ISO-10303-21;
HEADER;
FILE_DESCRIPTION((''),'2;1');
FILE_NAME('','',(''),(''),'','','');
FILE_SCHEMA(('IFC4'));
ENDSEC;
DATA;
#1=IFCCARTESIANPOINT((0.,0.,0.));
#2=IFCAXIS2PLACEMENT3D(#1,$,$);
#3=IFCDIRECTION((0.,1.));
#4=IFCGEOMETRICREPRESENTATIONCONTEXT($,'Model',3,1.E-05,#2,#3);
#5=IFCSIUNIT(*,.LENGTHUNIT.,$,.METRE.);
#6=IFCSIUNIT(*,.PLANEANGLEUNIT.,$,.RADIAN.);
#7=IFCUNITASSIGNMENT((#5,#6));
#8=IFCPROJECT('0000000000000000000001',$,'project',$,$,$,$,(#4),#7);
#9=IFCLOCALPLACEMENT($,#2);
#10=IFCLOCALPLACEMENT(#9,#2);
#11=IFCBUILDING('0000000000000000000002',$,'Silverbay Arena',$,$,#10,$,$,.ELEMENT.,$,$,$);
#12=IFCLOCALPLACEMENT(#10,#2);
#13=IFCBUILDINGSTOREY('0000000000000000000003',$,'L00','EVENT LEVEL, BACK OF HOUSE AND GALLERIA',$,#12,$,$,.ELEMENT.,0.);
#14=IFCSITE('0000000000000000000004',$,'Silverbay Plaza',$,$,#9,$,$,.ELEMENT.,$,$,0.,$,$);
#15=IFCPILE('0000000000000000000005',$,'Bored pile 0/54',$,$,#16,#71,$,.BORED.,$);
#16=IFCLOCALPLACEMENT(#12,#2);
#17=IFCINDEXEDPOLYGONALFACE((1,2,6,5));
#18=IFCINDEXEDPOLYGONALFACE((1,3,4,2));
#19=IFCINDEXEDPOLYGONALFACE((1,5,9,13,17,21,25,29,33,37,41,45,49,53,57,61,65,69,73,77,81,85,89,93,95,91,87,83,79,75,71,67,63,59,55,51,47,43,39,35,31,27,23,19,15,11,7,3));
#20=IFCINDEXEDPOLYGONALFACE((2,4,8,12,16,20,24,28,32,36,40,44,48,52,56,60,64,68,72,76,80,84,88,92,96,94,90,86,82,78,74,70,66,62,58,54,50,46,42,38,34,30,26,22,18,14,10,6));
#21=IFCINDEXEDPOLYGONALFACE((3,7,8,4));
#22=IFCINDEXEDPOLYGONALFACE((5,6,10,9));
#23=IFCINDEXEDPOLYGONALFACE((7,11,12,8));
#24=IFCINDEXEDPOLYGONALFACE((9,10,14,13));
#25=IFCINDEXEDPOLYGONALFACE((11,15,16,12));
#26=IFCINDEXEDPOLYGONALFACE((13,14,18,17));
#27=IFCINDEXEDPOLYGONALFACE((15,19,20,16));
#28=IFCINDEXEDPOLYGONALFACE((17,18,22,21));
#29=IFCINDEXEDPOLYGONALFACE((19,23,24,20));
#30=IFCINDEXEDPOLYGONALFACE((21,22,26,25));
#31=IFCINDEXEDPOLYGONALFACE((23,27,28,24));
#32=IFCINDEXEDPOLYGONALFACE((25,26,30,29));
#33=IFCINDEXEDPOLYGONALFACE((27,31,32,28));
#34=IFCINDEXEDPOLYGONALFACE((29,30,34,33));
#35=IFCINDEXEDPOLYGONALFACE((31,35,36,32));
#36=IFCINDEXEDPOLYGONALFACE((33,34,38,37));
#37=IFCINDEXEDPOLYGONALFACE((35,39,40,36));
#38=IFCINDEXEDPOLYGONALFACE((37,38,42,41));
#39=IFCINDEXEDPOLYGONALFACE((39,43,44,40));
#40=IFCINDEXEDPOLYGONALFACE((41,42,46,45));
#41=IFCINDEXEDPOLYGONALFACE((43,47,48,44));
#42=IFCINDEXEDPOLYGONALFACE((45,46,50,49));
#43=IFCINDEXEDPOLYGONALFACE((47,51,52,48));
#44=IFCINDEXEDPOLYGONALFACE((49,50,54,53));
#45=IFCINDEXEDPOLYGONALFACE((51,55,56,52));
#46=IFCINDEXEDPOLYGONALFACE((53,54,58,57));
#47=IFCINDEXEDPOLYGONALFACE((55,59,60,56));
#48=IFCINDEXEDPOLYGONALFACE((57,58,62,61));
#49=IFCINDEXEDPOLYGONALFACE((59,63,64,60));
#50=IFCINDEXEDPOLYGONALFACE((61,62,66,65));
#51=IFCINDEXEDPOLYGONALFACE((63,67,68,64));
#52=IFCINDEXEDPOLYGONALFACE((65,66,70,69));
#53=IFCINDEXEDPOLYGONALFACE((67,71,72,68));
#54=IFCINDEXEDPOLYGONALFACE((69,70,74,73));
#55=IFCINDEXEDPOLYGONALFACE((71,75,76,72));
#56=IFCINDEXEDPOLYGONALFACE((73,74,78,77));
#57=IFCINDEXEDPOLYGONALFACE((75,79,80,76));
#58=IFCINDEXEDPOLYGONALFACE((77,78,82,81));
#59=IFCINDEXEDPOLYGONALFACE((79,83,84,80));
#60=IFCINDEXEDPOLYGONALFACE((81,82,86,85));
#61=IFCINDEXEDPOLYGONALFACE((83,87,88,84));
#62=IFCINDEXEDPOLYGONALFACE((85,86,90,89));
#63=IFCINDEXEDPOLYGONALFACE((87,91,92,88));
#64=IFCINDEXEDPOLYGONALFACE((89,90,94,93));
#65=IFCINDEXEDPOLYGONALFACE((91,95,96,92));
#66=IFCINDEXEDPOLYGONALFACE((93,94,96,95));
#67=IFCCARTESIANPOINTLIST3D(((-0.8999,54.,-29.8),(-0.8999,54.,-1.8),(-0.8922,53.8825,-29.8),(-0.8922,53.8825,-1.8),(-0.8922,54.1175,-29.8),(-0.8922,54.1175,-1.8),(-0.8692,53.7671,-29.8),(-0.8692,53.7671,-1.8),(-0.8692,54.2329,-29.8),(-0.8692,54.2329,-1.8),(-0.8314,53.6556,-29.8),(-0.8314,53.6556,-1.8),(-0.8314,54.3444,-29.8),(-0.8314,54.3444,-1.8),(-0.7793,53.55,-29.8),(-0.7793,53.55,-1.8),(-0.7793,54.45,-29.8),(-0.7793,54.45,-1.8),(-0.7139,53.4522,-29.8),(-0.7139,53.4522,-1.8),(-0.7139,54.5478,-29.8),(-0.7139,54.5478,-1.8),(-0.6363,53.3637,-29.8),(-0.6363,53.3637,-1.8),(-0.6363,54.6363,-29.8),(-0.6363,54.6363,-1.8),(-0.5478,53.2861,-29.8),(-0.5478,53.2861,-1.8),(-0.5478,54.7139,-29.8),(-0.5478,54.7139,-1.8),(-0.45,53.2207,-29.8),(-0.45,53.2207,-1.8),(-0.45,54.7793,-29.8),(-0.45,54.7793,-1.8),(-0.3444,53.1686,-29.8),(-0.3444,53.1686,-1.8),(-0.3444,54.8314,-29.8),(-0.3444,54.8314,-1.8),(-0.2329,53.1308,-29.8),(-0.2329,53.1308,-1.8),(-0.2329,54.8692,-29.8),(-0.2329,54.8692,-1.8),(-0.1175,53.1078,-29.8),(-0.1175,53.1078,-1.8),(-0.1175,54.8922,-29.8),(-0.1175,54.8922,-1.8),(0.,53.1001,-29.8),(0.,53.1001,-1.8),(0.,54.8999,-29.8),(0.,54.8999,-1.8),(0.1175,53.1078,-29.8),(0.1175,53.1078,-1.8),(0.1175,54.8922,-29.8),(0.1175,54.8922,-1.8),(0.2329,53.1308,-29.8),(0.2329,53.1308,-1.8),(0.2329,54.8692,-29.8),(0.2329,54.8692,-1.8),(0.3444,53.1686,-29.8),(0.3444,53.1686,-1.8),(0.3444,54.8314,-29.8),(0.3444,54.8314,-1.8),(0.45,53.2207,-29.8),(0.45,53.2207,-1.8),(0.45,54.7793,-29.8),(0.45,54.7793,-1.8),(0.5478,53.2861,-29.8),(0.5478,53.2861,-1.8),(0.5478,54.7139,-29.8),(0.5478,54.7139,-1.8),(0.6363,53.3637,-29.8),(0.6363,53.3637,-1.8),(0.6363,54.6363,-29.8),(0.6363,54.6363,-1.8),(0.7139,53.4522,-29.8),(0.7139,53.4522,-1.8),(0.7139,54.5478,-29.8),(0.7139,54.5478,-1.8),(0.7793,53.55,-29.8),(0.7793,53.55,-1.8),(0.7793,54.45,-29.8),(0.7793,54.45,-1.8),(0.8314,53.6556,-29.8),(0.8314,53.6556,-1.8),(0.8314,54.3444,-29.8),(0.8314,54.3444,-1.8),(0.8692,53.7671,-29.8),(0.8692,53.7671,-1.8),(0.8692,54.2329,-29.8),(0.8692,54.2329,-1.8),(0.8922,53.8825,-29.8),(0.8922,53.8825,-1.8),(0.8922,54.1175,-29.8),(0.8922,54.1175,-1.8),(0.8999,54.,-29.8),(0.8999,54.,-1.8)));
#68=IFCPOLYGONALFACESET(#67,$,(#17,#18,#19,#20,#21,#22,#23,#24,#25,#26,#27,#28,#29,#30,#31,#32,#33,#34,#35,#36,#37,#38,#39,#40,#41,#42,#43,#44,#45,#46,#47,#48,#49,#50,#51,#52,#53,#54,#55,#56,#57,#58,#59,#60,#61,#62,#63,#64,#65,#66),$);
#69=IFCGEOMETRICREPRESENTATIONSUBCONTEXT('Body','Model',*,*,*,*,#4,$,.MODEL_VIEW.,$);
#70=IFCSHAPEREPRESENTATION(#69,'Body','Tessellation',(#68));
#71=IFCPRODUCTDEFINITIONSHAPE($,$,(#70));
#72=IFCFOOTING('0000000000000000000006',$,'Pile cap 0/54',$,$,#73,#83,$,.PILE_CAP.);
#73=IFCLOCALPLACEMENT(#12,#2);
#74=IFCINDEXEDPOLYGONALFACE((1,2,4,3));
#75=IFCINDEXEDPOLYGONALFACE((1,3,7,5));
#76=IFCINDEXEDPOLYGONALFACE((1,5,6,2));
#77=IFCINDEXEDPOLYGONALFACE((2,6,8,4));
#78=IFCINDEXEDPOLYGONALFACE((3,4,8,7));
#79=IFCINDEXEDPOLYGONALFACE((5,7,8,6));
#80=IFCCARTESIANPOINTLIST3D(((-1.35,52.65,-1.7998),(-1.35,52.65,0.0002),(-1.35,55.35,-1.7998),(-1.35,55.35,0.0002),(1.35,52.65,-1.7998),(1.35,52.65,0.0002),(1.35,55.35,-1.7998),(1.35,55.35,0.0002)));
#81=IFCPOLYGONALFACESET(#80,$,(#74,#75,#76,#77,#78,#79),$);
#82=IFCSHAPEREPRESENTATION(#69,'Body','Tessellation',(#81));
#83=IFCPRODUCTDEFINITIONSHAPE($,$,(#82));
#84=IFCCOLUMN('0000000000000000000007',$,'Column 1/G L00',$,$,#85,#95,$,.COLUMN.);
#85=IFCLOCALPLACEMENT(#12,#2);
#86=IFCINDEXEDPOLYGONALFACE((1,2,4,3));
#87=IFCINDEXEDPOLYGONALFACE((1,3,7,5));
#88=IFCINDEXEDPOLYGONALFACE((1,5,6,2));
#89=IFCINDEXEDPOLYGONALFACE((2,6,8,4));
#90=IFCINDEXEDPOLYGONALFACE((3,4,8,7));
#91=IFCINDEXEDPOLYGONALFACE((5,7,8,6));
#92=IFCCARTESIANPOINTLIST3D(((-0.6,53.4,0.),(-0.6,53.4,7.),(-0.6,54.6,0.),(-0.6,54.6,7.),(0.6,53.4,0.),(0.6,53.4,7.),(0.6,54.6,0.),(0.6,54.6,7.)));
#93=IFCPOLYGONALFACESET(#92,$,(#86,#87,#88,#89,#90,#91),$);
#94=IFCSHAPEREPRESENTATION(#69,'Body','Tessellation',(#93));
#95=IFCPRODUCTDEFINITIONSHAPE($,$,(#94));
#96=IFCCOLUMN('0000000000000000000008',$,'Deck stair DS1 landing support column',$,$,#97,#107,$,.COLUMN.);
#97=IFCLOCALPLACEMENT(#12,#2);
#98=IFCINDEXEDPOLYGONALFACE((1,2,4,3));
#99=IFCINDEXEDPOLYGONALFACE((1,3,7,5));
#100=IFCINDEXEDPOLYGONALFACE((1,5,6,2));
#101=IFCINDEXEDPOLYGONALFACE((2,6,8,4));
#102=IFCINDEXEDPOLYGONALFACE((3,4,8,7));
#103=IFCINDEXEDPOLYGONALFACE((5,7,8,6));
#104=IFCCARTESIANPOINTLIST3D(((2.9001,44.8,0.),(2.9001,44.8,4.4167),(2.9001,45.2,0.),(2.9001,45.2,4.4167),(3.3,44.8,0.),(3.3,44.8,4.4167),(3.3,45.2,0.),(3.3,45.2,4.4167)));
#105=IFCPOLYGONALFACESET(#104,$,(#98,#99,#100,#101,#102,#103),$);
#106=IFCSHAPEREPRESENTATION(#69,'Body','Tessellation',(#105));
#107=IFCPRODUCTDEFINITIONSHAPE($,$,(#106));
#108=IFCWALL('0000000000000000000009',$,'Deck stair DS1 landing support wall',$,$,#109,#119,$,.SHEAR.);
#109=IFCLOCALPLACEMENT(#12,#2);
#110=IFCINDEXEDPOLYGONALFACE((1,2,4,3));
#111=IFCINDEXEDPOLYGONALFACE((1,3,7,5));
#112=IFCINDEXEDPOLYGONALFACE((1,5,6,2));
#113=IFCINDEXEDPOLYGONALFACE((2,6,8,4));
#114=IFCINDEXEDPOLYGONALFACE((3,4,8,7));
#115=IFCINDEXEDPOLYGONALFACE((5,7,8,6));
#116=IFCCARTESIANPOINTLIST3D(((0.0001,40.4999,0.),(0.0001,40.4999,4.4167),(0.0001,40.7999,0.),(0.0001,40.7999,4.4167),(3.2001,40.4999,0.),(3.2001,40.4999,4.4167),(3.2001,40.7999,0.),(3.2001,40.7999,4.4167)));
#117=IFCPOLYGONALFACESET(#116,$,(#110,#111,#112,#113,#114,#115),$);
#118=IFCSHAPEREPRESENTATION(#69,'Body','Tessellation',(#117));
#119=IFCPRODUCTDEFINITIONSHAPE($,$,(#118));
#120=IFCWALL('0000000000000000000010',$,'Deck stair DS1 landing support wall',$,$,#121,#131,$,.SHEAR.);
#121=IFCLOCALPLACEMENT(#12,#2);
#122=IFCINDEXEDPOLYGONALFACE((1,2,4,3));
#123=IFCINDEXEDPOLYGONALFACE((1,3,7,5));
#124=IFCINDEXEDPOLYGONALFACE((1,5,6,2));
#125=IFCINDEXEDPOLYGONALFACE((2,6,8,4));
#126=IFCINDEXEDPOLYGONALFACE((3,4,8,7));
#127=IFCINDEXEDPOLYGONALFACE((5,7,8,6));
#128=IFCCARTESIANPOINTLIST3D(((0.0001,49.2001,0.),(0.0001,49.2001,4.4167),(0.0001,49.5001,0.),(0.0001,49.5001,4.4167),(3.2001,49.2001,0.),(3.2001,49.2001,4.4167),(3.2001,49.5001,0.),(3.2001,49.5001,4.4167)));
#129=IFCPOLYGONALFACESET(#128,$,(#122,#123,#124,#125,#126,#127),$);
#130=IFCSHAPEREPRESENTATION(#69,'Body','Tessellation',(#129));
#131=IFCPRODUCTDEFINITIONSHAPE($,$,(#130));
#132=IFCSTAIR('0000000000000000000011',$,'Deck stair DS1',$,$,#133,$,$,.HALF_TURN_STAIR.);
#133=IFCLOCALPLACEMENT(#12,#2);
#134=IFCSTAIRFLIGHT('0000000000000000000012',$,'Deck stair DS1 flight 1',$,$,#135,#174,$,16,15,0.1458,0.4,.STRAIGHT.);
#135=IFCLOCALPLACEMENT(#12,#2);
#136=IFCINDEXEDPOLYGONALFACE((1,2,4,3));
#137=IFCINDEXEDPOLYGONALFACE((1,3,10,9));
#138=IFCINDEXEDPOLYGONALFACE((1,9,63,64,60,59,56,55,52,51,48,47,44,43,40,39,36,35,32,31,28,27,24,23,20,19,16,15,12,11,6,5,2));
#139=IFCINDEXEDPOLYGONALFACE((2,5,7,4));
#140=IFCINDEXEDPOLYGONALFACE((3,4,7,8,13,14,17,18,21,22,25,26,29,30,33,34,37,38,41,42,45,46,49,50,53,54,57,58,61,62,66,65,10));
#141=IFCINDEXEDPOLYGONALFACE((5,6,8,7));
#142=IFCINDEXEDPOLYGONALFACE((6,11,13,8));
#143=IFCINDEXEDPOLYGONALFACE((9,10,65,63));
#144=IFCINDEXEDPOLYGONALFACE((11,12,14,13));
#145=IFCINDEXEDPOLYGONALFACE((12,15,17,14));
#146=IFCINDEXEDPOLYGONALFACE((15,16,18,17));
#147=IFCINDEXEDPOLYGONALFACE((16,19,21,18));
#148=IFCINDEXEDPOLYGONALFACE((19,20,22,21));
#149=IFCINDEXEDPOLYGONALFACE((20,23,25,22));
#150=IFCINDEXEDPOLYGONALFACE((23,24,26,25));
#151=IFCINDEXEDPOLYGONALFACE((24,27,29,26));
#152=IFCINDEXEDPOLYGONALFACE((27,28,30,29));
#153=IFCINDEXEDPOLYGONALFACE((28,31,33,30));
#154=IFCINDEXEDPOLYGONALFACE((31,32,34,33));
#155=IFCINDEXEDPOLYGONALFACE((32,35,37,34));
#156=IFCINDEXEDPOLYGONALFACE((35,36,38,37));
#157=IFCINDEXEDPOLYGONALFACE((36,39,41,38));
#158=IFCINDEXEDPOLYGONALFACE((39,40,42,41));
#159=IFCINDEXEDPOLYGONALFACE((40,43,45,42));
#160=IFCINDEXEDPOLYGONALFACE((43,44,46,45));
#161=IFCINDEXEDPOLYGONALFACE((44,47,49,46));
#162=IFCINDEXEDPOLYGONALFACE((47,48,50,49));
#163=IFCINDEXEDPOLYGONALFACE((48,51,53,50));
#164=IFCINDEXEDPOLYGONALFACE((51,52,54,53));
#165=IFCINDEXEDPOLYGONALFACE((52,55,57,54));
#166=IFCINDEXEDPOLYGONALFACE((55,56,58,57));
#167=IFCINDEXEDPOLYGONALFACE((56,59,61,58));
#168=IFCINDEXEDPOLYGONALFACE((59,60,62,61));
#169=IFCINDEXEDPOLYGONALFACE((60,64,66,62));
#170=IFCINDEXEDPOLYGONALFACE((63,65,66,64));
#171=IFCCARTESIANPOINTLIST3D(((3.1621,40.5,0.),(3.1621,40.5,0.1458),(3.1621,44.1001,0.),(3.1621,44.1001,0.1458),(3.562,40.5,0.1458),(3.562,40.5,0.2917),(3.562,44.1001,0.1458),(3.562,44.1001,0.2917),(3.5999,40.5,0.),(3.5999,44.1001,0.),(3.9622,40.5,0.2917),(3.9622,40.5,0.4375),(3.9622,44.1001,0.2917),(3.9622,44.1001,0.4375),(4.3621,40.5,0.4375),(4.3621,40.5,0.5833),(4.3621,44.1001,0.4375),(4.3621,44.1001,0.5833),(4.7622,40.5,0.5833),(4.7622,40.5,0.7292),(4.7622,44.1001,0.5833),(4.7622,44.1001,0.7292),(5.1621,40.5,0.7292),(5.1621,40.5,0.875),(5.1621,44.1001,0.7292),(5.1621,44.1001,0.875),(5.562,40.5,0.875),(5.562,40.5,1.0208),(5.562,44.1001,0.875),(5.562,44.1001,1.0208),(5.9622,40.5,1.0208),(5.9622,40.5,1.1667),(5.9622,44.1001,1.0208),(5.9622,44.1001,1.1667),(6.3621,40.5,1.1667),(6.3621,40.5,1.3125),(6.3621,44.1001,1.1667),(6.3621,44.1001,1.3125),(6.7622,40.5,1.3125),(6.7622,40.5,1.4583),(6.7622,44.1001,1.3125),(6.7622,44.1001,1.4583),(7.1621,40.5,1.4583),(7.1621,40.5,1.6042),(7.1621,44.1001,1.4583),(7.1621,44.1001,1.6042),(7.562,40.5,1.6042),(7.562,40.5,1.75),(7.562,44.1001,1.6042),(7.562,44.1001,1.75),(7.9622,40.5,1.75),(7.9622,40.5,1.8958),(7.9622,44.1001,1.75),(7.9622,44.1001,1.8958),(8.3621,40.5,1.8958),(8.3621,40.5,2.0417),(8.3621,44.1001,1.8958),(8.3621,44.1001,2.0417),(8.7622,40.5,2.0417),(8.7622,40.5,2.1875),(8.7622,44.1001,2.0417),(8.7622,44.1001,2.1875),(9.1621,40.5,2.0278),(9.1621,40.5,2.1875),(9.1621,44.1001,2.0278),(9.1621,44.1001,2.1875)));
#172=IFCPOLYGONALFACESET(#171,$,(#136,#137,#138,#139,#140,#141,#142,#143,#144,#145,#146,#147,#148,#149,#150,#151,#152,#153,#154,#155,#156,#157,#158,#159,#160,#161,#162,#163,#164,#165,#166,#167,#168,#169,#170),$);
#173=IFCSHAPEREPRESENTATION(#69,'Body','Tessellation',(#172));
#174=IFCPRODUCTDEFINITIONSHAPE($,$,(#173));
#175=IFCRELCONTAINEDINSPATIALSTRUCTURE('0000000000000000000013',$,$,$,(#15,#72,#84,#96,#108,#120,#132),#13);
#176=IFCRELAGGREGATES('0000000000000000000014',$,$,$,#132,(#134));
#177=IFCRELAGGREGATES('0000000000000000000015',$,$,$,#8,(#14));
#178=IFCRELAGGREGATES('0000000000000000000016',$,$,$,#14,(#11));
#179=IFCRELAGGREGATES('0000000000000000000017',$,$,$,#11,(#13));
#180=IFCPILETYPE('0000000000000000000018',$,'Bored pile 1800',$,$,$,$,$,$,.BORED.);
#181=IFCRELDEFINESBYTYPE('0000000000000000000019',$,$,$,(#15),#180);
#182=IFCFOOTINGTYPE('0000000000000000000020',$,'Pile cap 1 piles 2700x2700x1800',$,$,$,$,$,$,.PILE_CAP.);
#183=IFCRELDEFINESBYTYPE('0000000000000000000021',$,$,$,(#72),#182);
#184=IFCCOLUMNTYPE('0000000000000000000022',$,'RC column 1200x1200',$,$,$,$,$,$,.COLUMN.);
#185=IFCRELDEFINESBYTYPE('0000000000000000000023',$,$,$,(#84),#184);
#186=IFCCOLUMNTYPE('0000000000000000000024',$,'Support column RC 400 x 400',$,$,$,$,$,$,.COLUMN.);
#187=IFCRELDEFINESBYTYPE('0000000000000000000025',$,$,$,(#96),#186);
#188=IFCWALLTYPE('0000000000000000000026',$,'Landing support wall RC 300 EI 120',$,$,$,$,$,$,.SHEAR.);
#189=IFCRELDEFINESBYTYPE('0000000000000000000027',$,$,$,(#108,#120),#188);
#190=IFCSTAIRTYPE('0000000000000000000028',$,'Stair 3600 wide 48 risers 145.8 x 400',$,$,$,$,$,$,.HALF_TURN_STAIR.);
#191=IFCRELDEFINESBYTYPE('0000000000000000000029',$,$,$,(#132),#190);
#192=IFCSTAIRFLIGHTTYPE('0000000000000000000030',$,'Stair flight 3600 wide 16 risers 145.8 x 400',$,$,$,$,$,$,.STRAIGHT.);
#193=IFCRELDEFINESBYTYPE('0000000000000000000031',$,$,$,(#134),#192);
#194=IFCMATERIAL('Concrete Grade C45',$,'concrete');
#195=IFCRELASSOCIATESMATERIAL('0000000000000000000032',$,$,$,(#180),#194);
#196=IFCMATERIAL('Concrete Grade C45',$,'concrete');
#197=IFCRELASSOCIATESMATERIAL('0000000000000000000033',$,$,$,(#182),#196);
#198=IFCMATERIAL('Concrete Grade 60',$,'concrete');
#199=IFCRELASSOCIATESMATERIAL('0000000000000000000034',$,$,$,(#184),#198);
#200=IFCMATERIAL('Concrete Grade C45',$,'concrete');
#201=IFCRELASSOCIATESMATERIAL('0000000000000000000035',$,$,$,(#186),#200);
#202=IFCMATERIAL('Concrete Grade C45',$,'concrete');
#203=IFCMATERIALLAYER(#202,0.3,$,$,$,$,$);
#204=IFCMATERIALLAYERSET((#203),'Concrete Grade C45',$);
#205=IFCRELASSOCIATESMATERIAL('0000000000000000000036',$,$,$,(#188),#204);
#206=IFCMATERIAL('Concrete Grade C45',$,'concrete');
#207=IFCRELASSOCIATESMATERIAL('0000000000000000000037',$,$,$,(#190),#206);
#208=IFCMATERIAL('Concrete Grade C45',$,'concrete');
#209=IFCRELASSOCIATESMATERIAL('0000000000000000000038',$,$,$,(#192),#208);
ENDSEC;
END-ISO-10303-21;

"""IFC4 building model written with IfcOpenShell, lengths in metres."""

from ifc_helpers import new_model, si_unit, direction, frame, frame_2d, origin, origin_2d, place, context, subcontext, project, spatial, polyline, rectangle, circle, outline, extrude, material, layer, layer_set, material_profile, profile_set, type_object, element, aggregate, save


model = new_model("IFC4")

# Units and contexts
model_context = context("Model", 3, precision=1e-05, world=origin(), true_north=direction((0.0, 1.0)))
body_context = subcontext(model_context, "Body", "Model", "MODEL_VIEW")
ifc_project = project(units=[si_unit("LENGTHUNIT", "METRE"), si_unit("PLANEANGLEUNIT", "RADIAN")], contexts=[model_context])

# Site, building, storey
site_placement = place(None, origin())
site = spatial("IfcSite", under=ifc_project, at=site_placement, Name="Silverbay Plaza", CompositionType="ELEMENT", RefElevation=0.0)
building_placement = place(site_placement, origin())
building = spatial("IfcBuilding", under=site, at=building_placement, Name="Silverbay Arena", CompositionType="ELEMENT")
storey_placement = place(building_placement, origin())
storey = spatial("IfcBuildingStorey", under=building, at=storey_placement, Name="L00", Description="EVENT LEVEL, BACK OF HOUSE AND GALLERIA", CompositionType="ELEMENT", Elevation=0.0)

# Pile
ifc_material_1 = material(Name="Concrete Grade C45", Category="concrete")
ifc_material_profile_1 = material_profile(ifc_material_1, circle(Radius=0.8999, at=origin_2d()), Name="Bored pile 1800")
ifc_profile_set_1 = profile_set([ifc_material_profile_1], Name="Concrete Grade C45")
pile_type = type_object("IfcPileType", Name="Bored pile 1800", PredefinedType="BORED", material=ifc_profile_set_1)
pile_placement = place(storey_placement, frame((0.0, 54.0, -1.8), z_axis=(0.0, 0.0, -1.0), x_axis=(1.0, 0.0, 0.0)))
element("IfcPile", 1, at=pile_placement, inside=storey, type_object=pile_type, Name="Bored pile 0/54", PredefinedType="BORED", context=body_context, shape_type="SweptSolid", body=[
    extrude(circle(Radius=0.8999, at=origin_2d()), origin(), (0.0, 0.0, 1.0), 28.0),
])

# Footing
ifc_material_2 = material(Name="Concrete Grade C45", Category="concrete")
footing_type = type_object("IfcFootingType", Name="Pile cap 1 piles 2700x2700x1800", PredefinedType="PILE_CAP", material=ifc_material_2)
footing_placement = place(storey_placement, frame((0.0, 54.0, -1.7998), z_axis=(0.0, 0.0, 1.0), x_axis=(1.0, 0.0, 0.0)))
element("IfcFooting", 2, at=footing_placement, inside=storey, type_object=footing_type, Name="Pile cap 0/54", PredefinedType="PILE_CAP", context=body_context, shape_type="SweptSolid", body=[
    extrude(rectangle(XDim=2.7, YDim=2.7, at=origin_2d()), origin(), (0.0, 0.0, 1.0), 1.8),
])

# Columns
ifc_material_3 = material(Name="Concrete Grade 60", Category="concrete")
ifc_material_profile_2 = material_profile(ifc_material_3, rectangle(XDim=1.2, YDim=1.2, at=origin_2d()), Name="RC 1200x1200")
ifc_profile_set_2 = profile_set([ifc_material_profile_2], Name="Concrete Grade 60")
column_type_1 = type_object("IfcColumnType", Name="RC column 1200x1200", PredefinedType="COLUMN", material=ifc_profile_set_2)
column_1_placement = place(storey_placement, frame((0.0, 54.0, 0.0), z_axis=(0.0, 0.0, 1.0), x_axis=(1.0, 0.0, 0.0)))
element("IfcColumn", 3, at=column_1_placement, inside=storey, type_object=column_type_1, Name="Column 1/G L00", PredefinedType="COLUMN", context=body_context, shape_type="SweptSolid", body=[
    extrude(rectangle(XDim=1.2, YDim=1.2, at=origin_2d()), origin(), (0.0, 0.0, 1.0), 7.0),
])
ifc_material_4 = material(Name="Concrete Grade C45", Category="concrete")
ifc_material_profile_3 = material_profile(ifc_material_4, rectangle(XDim=0.3999, YDim=0.3999, at=origin_2d()), Name="RC 400x400")
ifc_profile_set_3 = profile_set([ifc_material_profile_3], Name="Concrete Grade C45")
column_type_2 = type_object("IfcColumnType", Name="Support column RC 400 x 400", PredefinedType="COLUMN", material=ifc_profile_set_3)
column_2_placement = place(storey_placement, frame((3.1001, 45.0, 0.0), z_axis=(0.0, 0.0, 1.0), x_axis=(1.0, 0.0, 0.0)))
element("IfcColumn", 4, at=column_2_placement, inside=storey, type_object=column_type_2, Name="Deck stair DS1 landing support column", PredefinedType="COLUMN", context=body_context, shape_type="SweptSolid", body=[
    extrude(rectangle(XDim=0.3999, YDim=0.3999, at=origin_2d()), origin(), (0.0, 0.0, 1.0), 4.4167),
])

# Walls
ifc_material_5 = material(Name="Concrete Grade C45", Category="concrete")
ifc_layer = layer(ifc_material_5, 0.3)
ifc_layer_set = layer_set([ifc_layer], Name="Concrete Grade C45")
wall_type = type_object("IfcWallType", Name="Landing support wall RC 300 EI 120", PredefinedType="SHEAR", material=ifc_layer_set)
for number, where, z_axis, x_axis, name in (
    (5, (0.0, 40.6499, 0.0), (0.0, 0.0, 1.0), (1.0, 0.0, 0.0), "Deck stair DS1 landing support wall"),
    (6, (0.0, 49.3501, 0.0), (0.0, 0.0, 1.0), (1.0, 0.0, 0.0), "Deck stair DS1 landing support wall"),
):
    element("IfcWall", number, at=place(storey_placement, frame(where, z_axis=z_axis, x_axis=x_axis)), inside=storey, type_object=wall_type, Name=name, PredefinedType="SHEAR", context=body_context, shape_type="SweptSolid", body=[
        extrude(rectangle(XDim=3.2, YDim=0.3, at=frame_2d((1.6001, 0.0))), origin(), (0.0, 0.0, 1.0), 4.4167),
    ])

# Stair, stair flight
ifc_material_6 = material(Name="Concrete Grade C45", Category="concrete")
stair_type = type_object("IfcStairType", Name="Stair 3600 wide 48 risers 145.8 x 400", PredefinedType="HALF_TURN_STAIR", material=ifc_material_6)
stair_placement = place(storey_placement, origin())
stair = element("IfcStair", 7, at=stair_placement, inside=storey, type_object=stair_type, Name="Deck stair DS1", PredefinedType="HALF_TURN_STAIR")
ifc_material_7 = material(Name="Concrete Grade C45", Category="concrete")
stair_flight_type = type_object("IfcStairFlightType", Name="Stair flight 3600 wide 16 risers 145.8 x 400", PredefinedType="STRAIGHT", material=ifc_material_7)
stair_flight_1_placement = place(storey_placement, frame((3.1621, 42.3, 0.0), z_axis=(0.0, 0.0, 1.0), x_axis=(1.0, 0.0, 0.0)))
stair_flight_1 = element("IfcStairFlight", 8, at=stair_flight_1_placement, type_object=stair_flight_type, Name="Deck stair DS1 flight 1", NumberOfRisers=16, NumberOfTreads=15, PredefinedType="STRAIGHT", RiserHeight=0.1458, TreadLength=0.4, context=body_context, shape_type="SweptSolid", body=[
    extrude(outline(polyline([(0.0, 0.0), (0.0, 0.1458), (0.3999, 0.1458), (0.3999, 0.2917), (0.8, 0.2917), (0.8, 0.4375), (1.2, 0.4375), (1.2, 0.5833), (1.6001, 0.5833), (1.6001, 0.7292), (2.0, 0.7292), (2.0, 0.875), (2.3999, 0.875), (2.3999, 1.0208), (2.8, 1.0208), (2.8, 1.1667), (3.2, 1.1667), (3.2, 1.3125), (3.6001, 1.3125), (3.6001, 1.4583), (4.0, 1.4583), (4.0, 1.6042), (4.3999, 1.6042), (4.3999, 1.75), (4.8, 1.75), (4.8, 1.8958), (5.2, 1.8958), (5.2, 2.0417), (5.6001, 2.0417), (5.6001, 2.1875), (6.0, 2.1875), (6.0, 2.0278), (0.4377, 0.0), (0.0, 0.0)])), frame((0.0, 1.8, 0.0), z_axis=(0.0, -1.0, 0.0), x_axis=(1.0, 0.0, 0.0)), (0.0, 0.0, 1.0), 3.6001),
])
aggregate(stair, [stair_flight_1])

save(model, "model.ifc")
